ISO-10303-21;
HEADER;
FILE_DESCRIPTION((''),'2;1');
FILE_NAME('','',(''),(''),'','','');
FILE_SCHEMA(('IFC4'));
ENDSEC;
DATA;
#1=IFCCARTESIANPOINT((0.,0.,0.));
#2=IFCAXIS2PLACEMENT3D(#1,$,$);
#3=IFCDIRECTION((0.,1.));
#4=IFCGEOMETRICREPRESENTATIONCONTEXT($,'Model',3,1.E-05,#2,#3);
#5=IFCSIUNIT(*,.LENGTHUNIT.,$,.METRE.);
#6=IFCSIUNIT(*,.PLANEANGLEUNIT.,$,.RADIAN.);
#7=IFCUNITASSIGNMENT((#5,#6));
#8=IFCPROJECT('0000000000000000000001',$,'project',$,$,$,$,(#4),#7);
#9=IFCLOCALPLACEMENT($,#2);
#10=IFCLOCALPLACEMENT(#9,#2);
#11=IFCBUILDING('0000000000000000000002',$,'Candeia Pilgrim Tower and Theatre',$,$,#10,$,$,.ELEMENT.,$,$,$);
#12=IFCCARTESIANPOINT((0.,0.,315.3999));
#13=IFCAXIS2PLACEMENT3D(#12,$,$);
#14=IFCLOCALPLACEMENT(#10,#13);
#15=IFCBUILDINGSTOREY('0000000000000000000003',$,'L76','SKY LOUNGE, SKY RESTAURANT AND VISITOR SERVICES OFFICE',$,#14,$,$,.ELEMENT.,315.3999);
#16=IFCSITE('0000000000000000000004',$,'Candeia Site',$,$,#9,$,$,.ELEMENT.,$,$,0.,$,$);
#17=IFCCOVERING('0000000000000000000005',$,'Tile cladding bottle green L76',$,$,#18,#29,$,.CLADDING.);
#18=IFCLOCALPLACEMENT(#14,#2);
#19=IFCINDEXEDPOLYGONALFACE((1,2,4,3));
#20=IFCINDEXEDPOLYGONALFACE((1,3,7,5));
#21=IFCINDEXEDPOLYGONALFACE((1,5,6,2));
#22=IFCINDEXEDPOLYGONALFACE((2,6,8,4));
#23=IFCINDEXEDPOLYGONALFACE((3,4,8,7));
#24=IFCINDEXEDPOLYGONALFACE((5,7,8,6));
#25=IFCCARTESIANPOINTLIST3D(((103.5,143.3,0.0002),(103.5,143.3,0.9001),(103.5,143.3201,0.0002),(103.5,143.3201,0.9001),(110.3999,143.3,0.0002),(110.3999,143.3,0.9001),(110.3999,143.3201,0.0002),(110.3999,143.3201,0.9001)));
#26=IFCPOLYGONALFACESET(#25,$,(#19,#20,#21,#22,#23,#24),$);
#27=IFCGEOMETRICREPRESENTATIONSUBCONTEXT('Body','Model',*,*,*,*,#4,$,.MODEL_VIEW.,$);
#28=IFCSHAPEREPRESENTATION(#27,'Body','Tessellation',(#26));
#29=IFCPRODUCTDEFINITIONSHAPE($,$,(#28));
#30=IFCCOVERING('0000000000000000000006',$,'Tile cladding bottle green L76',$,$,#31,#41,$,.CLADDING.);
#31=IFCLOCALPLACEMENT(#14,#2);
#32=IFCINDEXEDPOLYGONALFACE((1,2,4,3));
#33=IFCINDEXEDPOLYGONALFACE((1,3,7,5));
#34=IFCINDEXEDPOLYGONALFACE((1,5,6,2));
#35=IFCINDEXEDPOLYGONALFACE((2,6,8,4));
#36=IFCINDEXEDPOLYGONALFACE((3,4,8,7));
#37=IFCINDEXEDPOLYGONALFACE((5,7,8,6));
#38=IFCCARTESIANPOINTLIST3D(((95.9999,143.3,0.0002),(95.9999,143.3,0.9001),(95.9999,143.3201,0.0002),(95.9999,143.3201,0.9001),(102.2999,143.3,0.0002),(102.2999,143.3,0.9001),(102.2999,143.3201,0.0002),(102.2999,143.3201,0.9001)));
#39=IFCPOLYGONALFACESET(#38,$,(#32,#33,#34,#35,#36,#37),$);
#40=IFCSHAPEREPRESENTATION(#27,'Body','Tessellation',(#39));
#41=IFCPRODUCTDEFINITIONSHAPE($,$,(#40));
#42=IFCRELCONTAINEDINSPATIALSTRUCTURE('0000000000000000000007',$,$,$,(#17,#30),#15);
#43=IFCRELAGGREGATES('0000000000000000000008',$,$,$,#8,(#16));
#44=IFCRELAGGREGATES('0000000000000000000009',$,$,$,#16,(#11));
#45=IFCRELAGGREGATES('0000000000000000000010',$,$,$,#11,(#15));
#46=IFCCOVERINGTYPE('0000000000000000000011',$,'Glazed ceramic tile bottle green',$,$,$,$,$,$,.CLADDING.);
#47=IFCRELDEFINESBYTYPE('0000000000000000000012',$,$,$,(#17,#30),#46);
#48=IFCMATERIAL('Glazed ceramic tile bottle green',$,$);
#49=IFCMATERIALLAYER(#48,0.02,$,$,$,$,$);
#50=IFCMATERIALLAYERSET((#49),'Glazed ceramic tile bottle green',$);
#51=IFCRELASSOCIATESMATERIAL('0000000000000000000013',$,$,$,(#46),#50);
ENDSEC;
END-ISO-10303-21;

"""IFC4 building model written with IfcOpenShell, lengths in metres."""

from ifc_helpers import new_model, si_unit, direction, frame, origin, origin_2d, place, context, subcontext, project, spatial, rectangle, extrude, material, layer, layer_set, type_object, element, save


model = new_model("IFC4")

# Units and contexts
model_context = context("Model", 3, precision=1e-05, world=origin(), true_north=direction((0.0, 1.0)))
body_context = subcontext(model_context, "Body", "Model", "MODEL_VIEW")
ifc_project = project(units=[si_unit("LENGTHUNIT", "METRE"), si_unit("PLANEANGLEUNIT", "RADIAN")], contexts=[model_context])

# Site, building, storey
site_placement = place(None, origin())
site = spatial("IfcSite", under=ifc_project, at=site_placement, Name="Candeia Site", CompositionType="ELEMENT", RefElevation=0.0)
building_placement = place(site_placement, origin())
building = spatial("IfcBuilding", under=site, at=building_placement, Name="Candeia Pilgrim Tower and Theatre", CompositionType="ELEMENT")
storey_placement = place(building_placement, frame((0.0, 0.0, 315.3999)))
storey = spatial("IfcBuildingStorey", under=building, at=storey_placement, Name="L76", Description="SKY LOUNGE, SKY RESTAURANT AND VISITOR SERVICES OFFICE", CompositionType="ELEMENT", Elevation=315.3999)

# Coverings
ifc_material_1 = material(Name="Glazed ceramic tile bottle green")
ifc_layer_1 = layer(ifc_material_1, 0.02)
ifc_layer_set_1 = layer_set([ifc_layer_1], Name="Glazed ceramic tile bottle green")
covering_type = type_object("IfcCoveringType", Name="Glazed ceramic tile bottle green", PredefinedType="CLADDING", material=ifc_layer_set_1)
covering_1_placement = place(storey_placement, frame((106.95, 143.3101, 0.0002), z_axis=(0.0, 0.0, 1.0), x_axis=(-1.0, 0.0, 0.0)))
element("IfcCovering", 1, at=covering_1_placement, inside=storey, type_object=covering_type, Name="Tile cladding bottle green L76", PredefinedType="CLADDING", context=body_context, shape_type="SweptSolid", body=[
    extrude(rectangle(XDim=6.8999, YDim=0.02, at=origin_2d()), origin(), (0.0, 0.0, 1.0), 0.8999),
])
covering_2_placement = place(storey_placement, frame((99.1499, 143.3101, 0.0002), z_axis=(0.0, 0.0, 1.0), x_axis=(-1.0, 0.0, 0.0)))
element("IfcCovering", 2, at=covering_2_placement, inside=storey, type_object=covering_type, Name="Tile cladding bottle green L76", PredefinedType="CLADDING", context=body_context, shape_type="SweptSolid", body=[
    extrude(rectangle(XDim=6.3, YDim=0.02, at=origin_2d()), origin(), (0.0, 0.0, 1.0), 0.8999),
])

save(model, "model.ifc")
